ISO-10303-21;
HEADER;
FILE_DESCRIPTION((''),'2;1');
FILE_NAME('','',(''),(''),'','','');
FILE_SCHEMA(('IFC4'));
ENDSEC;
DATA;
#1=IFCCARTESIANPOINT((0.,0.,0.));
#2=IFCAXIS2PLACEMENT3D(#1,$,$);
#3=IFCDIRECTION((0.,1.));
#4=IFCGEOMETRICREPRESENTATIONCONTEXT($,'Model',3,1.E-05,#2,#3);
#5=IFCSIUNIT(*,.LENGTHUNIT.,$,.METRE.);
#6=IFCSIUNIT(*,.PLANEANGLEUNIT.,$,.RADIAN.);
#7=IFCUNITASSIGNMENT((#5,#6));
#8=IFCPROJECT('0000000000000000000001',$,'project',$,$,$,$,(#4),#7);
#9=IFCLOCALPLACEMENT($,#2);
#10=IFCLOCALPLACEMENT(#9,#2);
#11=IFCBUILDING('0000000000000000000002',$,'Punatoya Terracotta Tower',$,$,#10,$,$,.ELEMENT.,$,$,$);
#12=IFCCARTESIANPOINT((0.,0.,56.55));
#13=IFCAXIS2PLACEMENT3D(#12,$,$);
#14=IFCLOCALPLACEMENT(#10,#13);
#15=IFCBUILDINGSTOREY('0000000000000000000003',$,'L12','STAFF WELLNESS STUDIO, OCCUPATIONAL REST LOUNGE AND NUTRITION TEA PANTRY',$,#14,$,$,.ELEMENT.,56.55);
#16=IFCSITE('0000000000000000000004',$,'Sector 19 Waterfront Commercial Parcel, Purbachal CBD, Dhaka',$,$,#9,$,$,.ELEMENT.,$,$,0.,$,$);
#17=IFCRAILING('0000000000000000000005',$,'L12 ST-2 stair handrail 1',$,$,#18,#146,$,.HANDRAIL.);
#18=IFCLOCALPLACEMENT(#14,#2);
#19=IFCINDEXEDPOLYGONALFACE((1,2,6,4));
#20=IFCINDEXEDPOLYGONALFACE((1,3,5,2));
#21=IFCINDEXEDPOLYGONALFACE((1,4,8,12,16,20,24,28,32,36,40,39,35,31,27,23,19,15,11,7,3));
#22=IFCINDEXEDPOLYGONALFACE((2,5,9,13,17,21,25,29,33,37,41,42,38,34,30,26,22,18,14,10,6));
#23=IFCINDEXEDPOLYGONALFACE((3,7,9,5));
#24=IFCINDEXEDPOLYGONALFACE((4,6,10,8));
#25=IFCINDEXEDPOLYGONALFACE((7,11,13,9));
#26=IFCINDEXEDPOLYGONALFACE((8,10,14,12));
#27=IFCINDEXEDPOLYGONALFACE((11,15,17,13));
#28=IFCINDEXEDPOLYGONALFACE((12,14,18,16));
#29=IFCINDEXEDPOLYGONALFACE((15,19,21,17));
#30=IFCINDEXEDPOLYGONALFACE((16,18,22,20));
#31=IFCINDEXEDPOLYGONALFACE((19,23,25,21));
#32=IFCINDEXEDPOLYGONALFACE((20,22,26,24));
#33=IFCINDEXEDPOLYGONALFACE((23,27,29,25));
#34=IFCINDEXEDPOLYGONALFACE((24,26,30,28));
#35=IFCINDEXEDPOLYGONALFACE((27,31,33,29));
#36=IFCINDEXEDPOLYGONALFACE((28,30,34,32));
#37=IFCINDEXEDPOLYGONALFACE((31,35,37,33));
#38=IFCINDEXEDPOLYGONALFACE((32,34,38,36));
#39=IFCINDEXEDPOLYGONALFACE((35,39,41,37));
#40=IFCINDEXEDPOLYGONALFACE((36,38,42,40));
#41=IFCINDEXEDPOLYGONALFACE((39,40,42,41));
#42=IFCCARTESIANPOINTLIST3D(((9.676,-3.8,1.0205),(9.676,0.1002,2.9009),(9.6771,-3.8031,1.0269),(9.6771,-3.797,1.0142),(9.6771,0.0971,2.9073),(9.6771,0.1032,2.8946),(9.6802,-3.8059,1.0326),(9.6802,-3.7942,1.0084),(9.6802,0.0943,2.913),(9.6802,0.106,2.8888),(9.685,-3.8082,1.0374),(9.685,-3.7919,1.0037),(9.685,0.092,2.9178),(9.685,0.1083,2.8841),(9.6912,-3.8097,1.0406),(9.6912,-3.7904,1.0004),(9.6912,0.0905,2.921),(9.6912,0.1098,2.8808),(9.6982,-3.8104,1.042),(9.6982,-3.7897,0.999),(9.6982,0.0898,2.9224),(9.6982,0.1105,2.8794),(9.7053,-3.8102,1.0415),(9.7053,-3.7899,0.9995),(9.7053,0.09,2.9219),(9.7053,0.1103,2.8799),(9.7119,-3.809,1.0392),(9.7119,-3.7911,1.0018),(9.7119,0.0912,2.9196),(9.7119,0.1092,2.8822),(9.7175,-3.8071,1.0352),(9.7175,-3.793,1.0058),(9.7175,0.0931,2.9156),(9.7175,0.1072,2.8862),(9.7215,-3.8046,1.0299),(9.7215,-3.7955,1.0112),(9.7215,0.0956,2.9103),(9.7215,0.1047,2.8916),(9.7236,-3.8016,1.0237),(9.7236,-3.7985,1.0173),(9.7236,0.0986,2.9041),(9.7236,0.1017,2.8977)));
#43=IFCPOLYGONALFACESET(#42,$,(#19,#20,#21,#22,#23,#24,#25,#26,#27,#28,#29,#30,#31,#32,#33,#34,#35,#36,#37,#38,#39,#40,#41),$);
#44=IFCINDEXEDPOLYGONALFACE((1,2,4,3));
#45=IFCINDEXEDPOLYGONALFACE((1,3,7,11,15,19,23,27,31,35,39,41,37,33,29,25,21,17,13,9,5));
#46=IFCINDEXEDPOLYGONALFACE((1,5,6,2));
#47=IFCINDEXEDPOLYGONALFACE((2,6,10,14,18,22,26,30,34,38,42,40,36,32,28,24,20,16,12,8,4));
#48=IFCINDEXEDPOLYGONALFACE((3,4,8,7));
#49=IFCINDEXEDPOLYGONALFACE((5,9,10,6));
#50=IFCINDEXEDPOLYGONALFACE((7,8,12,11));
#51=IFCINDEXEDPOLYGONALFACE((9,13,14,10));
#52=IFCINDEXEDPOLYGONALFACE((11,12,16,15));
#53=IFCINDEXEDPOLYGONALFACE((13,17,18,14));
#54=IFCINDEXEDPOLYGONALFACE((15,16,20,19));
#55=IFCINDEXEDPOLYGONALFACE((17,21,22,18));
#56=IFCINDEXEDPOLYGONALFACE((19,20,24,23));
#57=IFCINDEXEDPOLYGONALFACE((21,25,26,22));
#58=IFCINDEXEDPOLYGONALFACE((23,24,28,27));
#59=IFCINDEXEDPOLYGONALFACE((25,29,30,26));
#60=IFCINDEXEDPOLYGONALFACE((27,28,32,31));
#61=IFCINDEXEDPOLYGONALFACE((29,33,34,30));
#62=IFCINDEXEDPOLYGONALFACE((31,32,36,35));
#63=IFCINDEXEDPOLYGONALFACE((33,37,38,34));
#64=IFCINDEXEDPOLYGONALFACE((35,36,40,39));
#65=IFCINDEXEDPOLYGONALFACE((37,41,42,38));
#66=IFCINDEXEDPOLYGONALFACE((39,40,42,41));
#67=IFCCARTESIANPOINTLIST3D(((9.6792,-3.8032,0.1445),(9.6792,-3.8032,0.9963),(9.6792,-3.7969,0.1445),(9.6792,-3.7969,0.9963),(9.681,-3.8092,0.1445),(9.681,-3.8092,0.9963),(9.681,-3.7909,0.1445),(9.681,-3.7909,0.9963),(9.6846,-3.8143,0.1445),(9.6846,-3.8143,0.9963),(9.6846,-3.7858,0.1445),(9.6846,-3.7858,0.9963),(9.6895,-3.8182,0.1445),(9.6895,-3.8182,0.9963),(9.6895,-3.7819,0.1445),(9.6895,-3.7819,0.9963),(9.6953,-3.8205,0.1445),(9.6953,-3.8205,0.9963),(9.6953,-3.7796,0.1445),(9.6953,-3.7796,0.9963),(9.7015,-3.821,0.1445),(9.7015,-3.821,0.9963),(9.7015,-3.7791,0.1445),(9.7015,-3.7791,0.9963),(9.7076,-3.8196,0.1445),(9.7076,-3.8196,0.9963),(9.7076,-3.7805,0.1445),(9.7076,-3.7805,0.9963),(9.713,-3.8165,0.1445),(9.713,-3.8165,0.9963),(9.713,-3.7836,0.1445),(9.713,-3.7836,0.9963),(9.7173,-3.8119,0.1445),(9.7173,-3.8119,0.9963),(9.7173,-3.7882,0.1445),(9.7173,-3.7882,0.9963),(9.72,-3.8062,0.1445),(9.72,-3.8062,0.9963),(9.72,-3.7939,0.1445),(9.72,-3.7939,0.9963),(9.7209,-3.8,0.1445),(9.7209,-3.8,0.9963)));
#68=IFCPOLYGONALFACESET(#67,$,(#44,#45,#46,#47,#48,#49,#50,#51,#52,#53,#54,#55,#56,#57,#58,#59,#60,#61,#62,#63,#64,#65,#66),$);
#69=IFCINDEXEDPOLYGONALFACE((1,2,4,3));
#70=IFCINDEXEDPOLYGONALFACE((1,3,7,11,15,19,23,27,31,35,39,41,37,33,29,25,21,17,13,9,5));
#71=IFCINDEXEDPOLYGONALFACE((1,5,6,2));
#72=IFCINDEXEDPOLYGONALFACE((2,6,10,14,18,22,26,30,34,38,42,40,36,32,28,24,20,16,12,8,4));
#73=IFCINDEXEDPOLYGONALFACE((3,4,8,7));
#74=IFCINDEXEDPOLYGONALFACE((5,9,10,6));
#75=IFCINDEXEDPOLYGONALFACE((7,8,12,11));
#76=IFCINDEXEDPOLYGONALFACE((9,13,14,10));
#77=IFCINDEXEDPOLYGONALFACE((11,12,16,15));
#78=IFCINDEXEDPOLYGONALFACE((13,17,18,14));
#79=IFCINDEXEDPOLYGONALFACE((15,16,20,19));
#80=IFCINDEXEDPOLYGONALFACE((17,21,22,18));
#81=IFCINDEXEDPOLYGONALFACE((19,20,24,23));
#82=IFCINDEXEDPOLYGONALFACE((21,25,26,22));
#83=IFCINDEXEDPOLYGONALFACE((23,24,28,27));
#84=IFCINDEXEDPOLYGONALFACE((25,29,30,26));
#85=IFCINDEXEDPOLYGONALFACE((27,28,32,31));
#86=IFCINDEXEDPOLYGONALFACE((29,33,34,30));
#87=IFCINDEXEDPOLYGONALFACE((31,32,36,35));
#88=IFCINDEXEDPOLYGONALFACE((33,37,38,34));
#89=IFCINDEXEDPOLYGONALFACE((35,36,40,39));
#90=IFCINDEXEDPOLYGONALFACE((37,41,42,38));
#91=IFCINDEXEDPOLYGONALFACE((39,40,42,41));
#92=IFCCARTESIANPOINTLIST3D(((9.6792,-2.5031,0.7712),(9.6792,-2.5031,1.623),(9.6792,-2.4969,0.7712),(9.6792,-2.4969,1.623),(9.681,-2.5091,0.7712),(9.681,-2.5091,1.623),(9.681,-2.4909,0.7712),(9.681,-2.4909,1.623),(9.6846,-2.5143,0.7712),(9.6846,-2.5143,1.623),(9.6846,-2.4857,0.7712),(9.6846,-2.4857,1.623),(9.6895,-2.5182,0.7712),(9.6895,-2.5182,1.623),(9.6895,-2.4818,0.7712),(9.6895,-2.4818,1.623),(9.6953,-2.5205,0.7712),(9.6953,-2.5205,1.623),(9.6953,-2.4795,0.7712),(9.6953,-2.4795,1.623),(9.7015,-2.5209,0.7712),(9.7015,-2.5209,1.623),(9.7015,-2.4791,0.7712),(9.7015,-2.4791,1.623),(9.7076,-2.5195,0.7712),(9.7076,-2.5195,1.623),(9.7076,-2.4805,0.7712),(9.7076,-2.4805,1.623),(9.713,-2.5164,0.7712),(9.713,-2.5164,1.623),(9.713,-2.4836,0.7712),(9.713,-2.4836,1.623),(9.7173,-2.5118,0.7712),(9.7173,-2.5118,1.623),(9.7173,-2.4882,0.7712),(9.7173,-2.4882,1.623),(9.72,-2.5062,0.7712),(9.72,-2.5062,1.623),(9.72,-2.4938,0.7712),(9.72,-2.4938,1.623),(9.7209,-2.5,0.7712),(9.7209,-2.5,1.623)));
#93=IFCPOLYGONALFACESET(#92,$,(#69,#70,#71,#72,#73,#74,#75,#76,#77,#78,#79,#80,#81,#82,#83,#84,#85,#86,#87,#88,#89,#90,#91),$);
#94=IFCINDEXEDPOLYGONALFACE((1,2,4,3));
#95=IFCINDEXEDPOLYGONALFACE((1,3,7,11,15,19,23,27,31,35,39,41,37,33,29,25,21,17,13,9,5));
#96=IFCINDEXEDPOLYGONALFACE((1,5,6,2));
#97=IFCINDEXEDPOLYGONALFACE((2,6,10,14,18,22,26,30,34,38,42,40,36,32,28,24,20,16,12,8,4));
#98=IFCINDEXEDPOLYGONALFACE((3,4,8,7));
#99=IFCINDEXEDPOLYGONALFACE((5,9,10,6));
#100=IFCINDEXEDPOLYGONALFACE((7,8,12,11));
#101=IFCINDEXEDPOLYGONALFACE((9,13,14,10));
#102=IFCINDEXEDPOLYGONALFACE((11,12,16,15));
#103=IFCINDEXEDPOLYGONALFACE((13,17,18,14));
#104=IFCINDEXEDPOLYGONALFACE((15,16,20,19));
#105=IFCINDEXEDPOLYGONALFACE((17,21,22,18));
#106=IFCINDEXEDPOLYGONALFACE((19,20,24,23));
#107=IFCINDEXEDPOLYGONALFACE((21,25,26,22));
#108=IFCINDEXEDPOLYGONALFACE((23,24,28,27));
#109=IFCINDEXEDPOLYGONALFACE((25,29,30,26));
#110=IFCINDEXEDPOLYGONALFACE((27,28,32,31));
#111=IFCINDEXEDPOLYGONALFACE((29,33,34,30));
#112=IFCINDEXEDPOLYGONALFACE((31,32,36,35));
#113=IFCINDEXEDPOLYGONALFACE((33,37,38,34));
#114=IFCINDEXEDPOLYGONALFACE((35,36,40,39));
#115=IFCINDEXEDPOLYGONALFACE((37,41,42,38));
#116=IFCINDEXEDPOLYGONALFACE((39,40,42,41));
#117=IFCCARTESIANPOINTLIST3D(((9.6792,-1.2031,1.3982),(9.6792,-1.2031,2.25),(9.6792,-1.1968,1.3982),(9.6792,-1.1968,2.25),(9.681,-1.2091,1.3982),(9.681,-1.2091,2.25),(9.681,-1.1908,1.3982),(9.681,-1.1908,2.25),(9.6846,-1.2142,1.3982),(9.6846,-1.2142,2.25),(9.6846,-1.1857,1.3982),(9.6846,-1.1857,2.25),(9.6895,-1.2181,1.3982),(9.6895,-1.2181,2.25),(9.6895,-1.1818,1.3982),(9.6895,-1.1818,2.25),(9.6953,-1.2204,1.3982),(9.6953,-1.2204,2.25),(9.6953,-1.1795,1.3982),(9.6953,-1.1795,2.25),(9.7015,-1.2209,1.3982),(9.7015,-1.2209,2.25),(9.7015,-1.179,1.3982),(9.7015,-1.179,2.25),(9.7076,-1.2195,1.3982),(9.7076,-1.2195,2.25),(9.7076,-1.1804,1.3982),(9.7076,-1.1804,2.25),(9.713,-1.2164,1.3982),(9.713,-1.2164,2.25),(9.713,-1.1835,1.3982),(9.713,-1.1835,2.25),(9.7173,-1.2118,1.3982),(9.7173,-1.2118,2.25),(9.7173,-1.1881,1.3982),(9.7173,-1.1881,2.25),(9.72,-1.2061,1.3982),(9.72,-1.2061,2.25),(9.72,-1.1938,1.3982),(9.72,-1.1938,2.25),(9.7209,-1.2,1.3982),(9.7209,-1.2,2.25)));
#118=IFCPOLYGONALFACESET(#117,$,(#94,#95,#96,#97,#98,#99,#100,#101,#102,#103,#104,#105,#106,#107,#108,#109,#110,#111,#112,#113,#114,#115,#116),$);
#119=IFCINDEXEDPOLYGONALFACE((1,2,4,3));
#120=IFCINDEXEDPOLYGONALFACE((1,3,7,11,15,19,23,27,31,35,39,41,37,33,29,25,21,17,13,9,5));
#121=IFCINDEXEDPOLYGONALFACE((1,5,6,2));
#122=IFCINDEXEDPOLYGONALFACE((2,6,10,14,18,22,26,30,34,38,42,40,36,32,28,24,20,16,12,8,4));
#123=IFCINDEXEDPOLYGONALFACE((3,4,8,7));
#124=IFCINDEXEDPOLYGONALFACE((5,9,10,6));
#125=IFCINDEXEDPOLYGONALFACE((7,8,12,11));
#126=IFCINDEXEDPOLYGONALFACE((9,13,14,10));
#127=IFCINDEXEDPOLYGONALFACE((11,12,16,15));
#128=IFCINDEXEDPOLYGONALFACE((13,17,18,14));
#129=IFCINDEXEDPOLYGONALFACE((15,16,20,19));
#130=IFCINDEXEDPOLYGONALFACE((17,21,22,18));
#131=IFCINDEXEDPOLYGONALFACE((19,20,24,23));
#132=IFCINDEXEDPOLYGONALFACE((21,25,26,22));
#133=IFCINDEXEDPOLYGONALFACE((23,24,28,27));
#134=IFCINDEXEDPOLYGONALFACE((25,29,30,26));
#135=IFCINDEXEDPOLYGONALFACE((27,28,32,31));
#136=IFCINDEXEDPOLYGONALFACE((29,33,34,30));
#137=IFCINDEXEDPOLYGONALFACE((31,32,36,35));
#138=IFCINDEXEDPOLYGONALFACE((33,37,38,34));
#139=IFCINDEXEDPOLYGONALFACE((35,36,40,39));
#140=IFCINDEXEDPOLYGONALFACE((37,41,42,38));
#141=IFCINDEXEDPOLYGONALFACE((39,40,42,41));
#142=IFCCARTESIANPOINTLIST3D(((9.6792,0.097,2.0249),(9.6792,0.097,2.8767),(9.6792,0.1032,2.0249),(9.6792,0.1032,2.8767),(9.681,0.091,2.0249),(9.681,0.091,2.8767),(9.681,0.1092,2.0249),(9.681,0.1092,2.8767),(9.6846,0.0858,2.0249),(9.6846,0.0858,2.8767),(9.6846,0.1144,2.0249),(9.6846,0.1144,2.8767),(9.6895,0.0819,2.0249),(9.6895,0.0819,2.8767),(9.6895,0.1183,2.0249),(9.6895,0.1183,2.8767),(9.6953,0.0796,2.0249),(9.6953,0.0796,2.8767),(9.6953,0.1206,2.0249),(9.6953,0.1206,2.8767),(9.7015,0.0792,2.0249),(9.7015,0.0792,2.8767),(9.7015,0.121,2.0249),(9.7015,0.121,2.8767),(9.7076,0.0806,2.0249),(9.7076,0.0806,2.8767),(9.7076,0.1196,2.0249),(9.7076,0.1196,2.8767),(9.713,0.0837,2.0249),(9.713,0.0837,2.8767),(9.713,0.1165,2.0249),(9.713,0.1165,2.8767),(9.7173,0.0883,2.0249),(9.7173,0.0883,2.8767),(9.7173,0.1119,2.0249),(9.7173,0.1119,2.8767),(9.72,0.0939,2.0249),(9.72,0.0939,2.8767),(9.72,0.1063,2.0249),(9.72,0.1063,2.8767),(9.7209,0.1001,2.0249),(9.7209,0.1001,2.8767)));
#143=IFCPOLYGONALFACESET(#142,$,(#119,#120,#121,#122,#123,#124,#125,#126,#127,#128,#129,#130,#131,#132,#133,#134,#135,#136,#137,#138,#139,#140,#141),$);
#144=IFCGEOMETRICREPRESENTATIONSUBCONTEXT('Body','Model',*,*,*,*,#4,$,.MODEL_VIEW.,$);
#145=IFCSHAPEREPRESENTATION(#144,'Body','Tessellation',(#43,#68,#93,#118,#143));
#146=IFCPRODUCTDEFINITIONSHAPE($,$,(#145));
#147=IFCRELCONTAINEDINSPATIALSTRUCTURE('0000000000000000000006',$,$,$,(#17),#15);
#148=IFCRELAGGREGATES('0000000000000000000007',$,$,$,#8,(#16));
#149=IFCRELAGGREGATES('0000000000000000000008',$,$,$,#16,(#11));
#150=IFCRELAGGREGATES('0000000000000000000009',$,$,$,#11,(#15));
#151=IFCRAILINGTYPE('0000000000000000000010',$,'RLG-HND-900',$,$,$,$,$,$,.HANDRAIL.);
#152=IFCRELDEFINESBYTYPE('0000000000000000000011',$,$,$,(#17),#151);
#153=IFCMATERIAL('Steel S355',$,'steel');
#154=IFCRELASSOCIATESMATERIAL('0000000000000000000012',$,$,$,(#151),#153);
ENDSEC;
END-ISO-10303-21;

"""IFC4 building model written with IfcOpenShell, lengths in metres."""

from ifc_helpers import new_model, si_unit, direction, frame, origin, origin_2d, place, context, subcontext, project, spatial, circle, extrude, material, type_object, element, save


model = new_model("IFC4")

# Units and contexts
model_context = context("Model", 3, precision=1e-05, world=origin(), true_north=direction((0.0, 1.0)))
body_context = subcontext(model_context, "Body", "Model", "MODEL_VIEW")
ifc_project = project(units=[si_unit("LENGTHUNIT", "METRE"), si_unit("PLANEANGLEUNIT", "RADIAN")], contexts=[model_context])

# Site, building, storey
site_placement = place(None, origin())
site = spatial("IfcSite", under=ifc_project, at=site_placement, Name="Sector 19 Waterfront Commercial Parcel, Purbachal CBD, Dhaka", CompositionType="ELEMENT", RefElevation=0.0)
building_placement = place(site_placement, origin())
building = spatial("IfcBuilding", under=site, at=building_placement, Name="Punatoya Terracotta Tower", CompositionType="ELEMENT")
storey_placement = place(building_placement, frame((0.0, 0.0, 56.55)))
storey = spatial("IfcBuildingStorey", under=building, at=storey_placement, Name="L12", Description="STAFF WELLNESS STUDIO, OCCUPATIONAL REST LOUNGE AND NUTRITION TEA PANTRY", CompositionType="ELEMENT", Elevation=56.55)

# Shared definitions
ifc_material_1 = material(Name="Steel S355", Category="steel")

# Railing
railing_type_1 = type_object("IfcRailingType", Name="RLG-HND-900", PredefinedType="HANDRAIL", material=ifc_material_1)
railing_1_placement = place(storey_placement, frame((9.7, -3.8, 0.1445)))
element("IfcRailing", 1, at=railing_1_placement, inside=storey, type_object=railing_type_1, Name="L12 ST-2 stair handrail 1", PredefinedType="HANDRAIL", context=body_context, shape_type="SweptSolid", body=[
    extrude(circle(Radius=0.0239, at=origin_2d()), frame((0.0, 0.0, 0.876), z_axis=(0.0, 0.900774, 0.434289), x_axis=(-1.0, 0.0, 0.0)), (0.0, 0.0, 1.0), 4.3298),
    extrude(circle(Radius=0.021, at=origin_2d()), origin(), (0.0, 0.0, 1.0), 0.8518),
    extrude(circle(Radius=0.021, at=origin_2d()), frame((0.0, 1.3, 0.6267)), (0.0, 0.0, 1.0), 0.8518),
    extrude(circle(Radius=0.021, at=origin_2d()), frame((0.0, 2.6001, 1.2537)), (0.0, 0.0, 1.0), 0.8518),
    extrude(circle(Radius=0.021, at=origin_2d()), frame((0.0, 3.9001, 1.8804)), (0.0, 0.0, 1.0), 0.8518),
])

save(model, "model.ifc")
